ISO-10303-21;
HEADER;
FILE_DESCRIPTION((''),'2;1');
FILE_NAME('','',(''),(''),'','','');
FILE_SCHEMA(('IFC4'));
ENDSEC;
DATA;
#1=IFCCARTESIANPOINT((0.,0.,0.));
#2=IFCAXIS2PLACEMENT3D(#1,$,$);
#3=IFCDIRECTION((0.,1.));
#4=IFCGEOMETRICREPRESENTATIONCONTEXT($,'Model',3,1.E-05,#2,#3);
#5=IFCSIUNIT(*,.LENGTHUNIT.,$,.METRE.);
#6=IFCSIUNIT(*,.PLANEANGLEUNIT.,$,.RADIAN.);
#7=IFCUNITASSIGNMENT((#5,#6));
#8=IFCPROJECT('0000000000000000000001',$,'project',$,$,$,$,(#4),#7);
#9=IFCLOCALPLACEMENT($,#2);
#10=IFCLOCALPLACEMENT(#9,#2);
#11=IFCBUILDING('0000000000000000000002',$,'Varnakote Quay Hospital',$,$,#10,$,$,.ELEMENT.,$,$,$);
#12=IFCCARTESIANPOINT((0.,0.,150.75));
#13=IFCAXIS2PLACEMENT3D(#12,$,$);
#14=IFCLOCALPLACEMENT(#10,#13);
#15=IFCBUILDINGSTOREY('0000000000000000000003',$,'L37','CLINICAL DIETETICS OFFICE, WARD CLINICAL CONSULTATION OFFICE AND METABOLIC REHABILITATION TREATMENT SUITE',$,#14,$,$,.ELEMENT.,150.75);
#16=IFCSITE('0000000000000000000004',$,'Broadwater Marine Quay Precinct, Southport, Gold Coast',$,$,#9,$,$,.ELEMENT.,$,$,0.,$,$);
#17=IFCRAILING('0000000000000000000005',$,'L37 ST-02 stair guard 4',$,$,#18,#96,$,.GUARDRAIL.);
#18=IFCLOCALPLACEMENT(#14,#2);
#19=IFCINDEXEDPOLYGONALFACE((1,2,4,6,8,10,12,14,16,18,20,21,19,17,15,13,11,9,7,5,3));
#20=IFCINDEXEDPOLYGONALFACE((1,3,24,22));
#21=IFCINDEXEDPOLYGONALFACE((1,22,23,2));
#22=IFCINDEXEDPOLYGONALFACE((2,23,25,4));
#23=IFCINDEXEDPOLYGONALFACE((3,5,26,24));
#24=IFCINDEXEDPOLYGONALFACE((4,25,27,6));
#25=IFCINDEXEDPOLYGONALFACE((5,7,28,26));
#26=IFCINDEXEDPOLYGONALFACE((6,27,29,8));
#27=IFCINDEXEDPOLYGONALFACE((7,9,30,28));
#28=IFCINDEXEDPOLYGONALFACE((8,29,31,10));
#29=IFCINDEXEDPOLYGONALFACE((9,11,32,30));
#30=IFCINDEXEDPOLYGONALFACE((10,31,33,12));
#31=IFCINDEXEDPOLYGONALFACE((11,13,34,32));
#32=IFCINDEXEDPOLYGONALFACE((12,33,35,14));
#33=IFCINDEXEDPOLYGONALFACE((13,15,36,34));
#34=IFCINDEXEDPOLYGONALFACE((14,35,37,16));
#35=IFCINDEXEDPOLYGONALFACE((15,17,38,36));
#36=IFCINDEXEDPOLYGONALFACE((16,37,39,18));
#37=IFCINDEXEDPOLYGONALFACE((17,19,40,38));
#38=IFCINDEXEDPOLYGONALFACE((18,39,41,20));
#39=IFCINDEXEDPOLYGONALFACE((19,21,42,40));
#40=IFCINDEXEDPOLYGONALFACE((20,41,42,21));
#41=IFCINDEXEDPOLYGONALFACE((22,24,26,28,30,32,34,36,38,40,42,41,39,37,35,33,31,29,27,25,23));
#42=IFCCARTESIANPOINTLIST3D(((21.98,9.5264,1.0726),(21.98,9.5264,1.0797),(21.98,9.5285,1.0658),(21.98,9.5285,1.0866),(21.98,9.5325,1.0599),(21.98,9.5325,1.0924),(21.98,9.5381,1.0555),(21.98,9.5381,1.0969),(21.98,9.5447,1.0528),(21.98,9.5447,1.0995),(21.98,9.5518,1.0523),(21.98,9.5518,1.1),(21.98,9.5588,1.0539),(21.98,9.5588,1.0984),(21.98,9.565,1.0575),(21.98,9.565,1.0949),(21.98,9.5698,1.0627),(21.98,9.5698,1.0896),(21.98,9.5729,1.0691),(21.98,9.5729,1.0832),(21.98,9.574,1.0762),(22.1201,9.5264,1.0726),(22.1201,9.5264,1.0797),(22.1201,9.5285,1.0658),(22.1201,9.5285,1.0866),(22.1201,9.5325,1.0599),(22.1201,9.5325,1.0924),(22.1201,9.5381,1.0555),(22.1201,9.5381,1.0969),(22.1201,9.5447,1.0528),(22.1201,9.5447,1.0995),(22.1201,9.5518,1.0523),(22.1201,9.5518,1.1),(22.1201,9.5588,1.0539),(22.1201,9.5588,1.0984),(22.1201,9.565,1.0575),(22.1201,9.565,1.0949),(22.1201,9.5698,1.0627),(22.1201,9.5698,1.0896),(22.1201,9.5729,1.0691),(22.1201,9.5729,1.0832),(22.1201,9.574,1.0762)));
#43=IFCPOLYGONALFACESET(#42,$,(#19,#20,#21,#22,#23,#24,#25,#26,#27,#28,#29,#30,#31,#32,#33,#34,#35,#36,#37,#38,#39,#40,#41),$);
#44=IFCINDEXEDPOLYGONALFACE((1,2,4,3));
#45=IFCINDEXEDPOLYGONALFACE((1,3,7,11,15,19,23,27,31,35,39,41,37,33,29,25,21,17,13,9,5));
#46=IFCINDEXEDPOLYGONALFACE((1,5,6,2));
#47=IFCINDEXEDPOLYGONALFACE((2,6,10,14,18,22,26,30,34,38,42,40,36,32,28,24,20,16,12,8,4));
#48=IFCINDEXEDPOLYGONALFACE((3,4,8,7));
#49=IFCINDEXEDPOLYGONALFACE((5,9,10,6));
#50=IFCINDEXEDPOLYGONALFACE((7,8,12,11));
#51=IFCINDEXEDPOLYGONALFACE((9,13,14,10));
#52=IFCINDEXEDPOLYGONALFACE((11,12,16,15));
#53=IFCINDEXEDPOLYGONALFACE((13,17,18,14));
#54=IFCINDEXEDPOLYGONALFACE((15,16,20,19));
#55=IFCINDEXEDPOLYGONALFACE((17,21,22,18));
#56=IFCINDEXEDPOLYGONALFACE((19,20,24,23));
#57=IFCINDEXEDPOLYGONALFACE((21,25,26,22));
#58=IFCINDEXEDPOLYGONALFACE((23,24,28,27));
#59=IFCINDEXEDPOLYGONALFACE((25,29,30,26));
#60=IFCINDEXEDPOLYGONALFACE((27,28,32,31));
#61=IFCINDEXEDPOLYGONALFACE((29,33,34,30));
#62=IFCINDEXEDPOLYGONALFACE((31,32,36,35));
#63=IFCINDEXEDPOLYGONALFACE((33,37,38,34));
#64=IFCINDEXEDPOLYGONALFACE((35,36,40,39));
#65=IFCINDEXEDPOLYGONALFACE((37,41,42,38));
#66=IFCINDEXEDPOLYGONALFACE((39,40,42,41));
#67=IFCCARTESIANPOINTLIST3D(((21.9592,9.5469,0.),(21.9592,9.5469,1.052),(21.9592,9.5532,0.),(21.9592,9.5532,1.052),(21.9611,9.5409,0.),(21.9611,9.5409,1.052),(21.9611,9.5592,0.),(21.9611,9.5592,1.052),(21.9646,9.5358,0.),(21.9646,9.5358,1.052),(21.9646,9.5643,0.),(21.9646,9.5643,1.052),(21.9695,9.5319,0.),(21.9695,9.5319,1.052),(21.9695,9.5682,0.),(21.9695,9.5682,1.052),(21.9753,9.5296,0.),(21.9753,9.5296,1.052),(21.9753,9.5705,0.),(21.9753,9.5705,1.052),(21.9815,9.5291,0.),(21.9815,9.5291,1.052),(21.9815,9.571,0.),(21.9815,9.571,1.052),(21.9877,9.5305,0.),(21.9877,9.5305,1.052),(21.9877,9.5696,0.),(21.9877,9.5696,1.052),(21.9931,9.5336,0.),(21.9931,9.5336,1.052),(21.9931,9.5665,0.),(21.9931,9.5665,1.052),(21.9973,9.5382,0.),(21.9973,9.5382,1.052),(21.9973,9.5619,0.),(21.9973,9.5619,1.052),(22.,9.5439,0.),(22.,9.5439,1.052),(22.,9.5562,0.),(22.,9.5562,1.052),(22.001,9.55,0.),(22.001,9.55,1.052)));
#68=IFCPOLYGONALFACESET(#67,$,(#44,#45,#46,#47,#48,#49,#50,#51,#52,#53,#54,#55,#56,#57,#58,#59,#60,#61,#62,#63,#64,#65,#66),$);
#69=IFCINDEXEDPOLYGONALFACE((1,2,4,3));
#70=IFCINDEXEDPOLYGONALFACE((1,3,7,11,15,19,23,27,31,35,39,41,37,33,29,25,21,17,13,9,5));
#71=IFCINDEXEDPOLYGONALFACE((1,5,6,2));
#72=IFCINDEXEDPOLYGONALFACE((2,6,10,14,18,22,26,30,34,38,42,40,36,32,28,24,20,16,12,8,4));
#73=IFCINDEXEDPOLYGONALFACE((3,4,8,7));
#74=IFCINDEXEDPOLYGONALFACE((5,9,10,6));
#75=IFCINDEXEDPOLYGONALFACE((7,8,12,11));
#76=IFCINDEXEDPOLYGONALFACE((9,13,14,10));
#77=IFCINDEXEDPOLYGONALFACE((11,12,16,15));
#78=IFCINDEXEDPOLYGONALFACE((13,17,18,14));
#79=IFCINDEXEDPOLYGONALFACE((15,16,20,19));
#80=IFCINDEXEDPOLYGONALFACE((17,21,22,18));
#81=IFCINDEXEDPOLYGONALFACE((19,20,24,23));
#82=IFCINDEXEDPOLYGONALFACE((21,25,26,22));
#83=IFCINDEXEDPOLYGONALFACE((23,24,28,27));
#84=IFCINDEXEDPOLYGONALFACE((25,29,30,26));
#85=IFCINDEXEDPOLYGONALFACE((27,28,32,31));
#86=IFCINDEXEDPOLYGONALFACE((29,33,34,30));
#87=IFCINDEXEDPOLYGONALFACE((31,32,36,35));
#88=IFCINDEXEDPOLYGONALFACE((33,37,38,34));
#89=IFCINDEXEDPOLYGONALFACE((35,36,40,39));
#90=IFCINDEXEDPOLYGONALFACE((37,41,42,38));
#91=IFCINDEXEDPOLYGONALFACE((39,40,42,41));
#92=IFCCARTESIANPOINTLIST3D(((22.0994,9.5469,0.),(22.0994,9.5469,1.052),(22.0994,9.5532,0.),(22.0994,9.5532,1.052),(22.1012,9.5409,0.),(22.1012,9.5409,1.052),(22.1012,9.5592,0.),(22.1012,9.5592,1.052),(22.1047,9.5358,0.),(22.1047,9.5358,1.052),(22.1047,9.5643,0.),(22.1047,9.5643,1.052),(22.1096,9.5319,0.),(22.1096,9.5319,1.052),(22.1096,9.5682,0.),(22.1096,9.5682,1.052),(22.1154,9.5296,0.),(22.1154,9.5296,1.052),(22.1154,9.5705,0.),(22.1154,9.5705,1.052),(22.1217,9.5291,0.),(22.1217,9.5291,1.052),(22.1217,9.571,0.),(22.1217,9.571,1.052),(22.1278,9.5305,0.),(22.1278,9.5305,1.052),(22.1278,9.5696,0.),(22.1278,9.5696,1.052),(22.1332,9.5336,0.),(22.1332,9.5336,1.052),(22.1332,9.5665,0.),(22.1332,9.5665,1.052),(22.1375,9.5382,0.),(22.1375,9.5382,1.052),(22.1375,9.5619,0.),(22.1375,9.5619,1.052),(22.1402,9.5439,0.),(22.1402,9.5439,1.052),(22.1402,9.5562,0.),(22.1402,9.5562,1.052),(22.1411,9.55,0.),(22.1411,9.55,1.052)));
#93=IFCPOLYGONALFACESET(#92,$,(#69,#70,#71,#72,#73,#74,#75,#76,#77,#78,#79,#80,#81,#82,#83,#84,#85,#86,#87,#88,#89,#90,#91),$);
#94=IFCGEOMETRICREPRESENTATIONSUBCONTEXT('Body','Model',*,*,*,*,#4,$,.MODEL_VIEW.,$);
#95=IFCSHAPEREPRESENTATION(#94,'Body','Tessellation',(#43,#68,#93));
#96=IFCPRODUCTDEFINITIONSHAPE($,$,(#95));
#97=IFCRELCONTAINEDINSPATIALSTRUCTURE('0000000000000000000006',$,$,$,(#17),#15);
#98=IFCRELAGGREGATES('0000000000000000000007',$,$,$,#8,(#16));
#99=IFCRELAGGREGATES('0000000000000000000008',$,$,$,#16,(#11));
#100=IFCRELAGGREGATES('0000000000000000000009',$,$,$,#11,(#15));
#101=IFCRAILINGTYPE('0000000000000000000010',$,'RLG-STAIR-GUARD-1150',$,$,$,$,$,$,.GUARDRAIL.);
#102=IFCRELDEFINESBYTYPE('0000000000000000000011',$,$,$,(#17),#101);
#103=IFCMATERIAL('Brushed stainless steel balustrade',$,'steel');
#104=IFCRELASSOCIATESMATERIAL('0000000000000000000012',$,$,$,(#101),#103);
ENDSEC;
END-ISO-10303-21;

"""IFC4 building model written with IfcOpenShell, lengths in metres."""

from ifc_helpers import new_model, si_unit, direction, frame, origin, origin_2d, place, context, subcontext, project, spatial, circle, extrude, material, type_object, element, save


model = new_model("IFC4")

# Units and contexts
model_context = context("Model", 3, precision=1e-05, world=origin(), true_north=direction((0.0, 1.0)))
body_context = subcontext(model_context, "Body", "Model", "MODEL_VIEW")
ifc_project = project(units=[si_unit("LENGTHUNIT", "METRE"), si_unit("PLANEANGLEUNIT", "RADIAN")], contexts=[model_context])

# Site, building, storey
site_placement = place(None, origin())
site = spatial("IfcSite", under=ifc_project, at=site_placement, Name="Broadwater Marine Quay Precinct, Southport, Gold Coast", CompositionType="ELEMENT", RefElevation=0.0)
building_placement = place(site_placement, origin())
building = spatial("IfcBuilding", under=site, at=building_placement, Name="Varnakote Quay Hospital", CompositionType="ELEMENT")
storey_placement = place(building_placement, frame((0.0, 0.0, 150.75)))
storey = spatial("IfcBuildingStorey", under=building, at=storey_placement, Name="L37", Description="CLINICAL DIETETICS OFFICE, WARD CLINICAL CONSULTATION OFFICE AND METABOLIC REHABILITATION TREATMENT SUITE", CompositionType="ELEMENT", Elevation=150.75)

# Railing
ifc_material_1 = material(Name="Brushed stainless steel balustrade", Category="steel")
railing_type_1 = type_object("IfcRailingType", Name="RLG-STAIR-GUARD-1150", PredefinedType="GUARDRAIL", material=ifc_material_1)
railing_1_placement = place(storey_placement, frame((21.98, 9.55, 0.0)))
element("IfcRailing", 1, at=railing_1_placement, inside=storey, type_object=railing_type_1, Name="L37 ST-02 stair guard 4", PredefinedType="GUARDRAIL", context=body_context, shape_type="SweptSolid", body=[
    extrude(circle(Radius=0.0239, at=origin_2d()), frame((0.0, 0.0, 1.0762), z_axis=(1.0, 0.0, 0.0), x_axis=(0.0, 1.0, 0.0)), (0.0, 0.0, 1.0), 0.1401),
    extrude(circle(Radius=0.021, at=origin_2d()), origin(), (0.0, 0.0, 1.0), 1.052),
    extrude(circle(Radius=0.021, at=origin_2d()), frame((0.1401, 0.0, 0.0)), (0.0, 0.0, 1.0), 1.052),
])

save(model, "model.ifc")
